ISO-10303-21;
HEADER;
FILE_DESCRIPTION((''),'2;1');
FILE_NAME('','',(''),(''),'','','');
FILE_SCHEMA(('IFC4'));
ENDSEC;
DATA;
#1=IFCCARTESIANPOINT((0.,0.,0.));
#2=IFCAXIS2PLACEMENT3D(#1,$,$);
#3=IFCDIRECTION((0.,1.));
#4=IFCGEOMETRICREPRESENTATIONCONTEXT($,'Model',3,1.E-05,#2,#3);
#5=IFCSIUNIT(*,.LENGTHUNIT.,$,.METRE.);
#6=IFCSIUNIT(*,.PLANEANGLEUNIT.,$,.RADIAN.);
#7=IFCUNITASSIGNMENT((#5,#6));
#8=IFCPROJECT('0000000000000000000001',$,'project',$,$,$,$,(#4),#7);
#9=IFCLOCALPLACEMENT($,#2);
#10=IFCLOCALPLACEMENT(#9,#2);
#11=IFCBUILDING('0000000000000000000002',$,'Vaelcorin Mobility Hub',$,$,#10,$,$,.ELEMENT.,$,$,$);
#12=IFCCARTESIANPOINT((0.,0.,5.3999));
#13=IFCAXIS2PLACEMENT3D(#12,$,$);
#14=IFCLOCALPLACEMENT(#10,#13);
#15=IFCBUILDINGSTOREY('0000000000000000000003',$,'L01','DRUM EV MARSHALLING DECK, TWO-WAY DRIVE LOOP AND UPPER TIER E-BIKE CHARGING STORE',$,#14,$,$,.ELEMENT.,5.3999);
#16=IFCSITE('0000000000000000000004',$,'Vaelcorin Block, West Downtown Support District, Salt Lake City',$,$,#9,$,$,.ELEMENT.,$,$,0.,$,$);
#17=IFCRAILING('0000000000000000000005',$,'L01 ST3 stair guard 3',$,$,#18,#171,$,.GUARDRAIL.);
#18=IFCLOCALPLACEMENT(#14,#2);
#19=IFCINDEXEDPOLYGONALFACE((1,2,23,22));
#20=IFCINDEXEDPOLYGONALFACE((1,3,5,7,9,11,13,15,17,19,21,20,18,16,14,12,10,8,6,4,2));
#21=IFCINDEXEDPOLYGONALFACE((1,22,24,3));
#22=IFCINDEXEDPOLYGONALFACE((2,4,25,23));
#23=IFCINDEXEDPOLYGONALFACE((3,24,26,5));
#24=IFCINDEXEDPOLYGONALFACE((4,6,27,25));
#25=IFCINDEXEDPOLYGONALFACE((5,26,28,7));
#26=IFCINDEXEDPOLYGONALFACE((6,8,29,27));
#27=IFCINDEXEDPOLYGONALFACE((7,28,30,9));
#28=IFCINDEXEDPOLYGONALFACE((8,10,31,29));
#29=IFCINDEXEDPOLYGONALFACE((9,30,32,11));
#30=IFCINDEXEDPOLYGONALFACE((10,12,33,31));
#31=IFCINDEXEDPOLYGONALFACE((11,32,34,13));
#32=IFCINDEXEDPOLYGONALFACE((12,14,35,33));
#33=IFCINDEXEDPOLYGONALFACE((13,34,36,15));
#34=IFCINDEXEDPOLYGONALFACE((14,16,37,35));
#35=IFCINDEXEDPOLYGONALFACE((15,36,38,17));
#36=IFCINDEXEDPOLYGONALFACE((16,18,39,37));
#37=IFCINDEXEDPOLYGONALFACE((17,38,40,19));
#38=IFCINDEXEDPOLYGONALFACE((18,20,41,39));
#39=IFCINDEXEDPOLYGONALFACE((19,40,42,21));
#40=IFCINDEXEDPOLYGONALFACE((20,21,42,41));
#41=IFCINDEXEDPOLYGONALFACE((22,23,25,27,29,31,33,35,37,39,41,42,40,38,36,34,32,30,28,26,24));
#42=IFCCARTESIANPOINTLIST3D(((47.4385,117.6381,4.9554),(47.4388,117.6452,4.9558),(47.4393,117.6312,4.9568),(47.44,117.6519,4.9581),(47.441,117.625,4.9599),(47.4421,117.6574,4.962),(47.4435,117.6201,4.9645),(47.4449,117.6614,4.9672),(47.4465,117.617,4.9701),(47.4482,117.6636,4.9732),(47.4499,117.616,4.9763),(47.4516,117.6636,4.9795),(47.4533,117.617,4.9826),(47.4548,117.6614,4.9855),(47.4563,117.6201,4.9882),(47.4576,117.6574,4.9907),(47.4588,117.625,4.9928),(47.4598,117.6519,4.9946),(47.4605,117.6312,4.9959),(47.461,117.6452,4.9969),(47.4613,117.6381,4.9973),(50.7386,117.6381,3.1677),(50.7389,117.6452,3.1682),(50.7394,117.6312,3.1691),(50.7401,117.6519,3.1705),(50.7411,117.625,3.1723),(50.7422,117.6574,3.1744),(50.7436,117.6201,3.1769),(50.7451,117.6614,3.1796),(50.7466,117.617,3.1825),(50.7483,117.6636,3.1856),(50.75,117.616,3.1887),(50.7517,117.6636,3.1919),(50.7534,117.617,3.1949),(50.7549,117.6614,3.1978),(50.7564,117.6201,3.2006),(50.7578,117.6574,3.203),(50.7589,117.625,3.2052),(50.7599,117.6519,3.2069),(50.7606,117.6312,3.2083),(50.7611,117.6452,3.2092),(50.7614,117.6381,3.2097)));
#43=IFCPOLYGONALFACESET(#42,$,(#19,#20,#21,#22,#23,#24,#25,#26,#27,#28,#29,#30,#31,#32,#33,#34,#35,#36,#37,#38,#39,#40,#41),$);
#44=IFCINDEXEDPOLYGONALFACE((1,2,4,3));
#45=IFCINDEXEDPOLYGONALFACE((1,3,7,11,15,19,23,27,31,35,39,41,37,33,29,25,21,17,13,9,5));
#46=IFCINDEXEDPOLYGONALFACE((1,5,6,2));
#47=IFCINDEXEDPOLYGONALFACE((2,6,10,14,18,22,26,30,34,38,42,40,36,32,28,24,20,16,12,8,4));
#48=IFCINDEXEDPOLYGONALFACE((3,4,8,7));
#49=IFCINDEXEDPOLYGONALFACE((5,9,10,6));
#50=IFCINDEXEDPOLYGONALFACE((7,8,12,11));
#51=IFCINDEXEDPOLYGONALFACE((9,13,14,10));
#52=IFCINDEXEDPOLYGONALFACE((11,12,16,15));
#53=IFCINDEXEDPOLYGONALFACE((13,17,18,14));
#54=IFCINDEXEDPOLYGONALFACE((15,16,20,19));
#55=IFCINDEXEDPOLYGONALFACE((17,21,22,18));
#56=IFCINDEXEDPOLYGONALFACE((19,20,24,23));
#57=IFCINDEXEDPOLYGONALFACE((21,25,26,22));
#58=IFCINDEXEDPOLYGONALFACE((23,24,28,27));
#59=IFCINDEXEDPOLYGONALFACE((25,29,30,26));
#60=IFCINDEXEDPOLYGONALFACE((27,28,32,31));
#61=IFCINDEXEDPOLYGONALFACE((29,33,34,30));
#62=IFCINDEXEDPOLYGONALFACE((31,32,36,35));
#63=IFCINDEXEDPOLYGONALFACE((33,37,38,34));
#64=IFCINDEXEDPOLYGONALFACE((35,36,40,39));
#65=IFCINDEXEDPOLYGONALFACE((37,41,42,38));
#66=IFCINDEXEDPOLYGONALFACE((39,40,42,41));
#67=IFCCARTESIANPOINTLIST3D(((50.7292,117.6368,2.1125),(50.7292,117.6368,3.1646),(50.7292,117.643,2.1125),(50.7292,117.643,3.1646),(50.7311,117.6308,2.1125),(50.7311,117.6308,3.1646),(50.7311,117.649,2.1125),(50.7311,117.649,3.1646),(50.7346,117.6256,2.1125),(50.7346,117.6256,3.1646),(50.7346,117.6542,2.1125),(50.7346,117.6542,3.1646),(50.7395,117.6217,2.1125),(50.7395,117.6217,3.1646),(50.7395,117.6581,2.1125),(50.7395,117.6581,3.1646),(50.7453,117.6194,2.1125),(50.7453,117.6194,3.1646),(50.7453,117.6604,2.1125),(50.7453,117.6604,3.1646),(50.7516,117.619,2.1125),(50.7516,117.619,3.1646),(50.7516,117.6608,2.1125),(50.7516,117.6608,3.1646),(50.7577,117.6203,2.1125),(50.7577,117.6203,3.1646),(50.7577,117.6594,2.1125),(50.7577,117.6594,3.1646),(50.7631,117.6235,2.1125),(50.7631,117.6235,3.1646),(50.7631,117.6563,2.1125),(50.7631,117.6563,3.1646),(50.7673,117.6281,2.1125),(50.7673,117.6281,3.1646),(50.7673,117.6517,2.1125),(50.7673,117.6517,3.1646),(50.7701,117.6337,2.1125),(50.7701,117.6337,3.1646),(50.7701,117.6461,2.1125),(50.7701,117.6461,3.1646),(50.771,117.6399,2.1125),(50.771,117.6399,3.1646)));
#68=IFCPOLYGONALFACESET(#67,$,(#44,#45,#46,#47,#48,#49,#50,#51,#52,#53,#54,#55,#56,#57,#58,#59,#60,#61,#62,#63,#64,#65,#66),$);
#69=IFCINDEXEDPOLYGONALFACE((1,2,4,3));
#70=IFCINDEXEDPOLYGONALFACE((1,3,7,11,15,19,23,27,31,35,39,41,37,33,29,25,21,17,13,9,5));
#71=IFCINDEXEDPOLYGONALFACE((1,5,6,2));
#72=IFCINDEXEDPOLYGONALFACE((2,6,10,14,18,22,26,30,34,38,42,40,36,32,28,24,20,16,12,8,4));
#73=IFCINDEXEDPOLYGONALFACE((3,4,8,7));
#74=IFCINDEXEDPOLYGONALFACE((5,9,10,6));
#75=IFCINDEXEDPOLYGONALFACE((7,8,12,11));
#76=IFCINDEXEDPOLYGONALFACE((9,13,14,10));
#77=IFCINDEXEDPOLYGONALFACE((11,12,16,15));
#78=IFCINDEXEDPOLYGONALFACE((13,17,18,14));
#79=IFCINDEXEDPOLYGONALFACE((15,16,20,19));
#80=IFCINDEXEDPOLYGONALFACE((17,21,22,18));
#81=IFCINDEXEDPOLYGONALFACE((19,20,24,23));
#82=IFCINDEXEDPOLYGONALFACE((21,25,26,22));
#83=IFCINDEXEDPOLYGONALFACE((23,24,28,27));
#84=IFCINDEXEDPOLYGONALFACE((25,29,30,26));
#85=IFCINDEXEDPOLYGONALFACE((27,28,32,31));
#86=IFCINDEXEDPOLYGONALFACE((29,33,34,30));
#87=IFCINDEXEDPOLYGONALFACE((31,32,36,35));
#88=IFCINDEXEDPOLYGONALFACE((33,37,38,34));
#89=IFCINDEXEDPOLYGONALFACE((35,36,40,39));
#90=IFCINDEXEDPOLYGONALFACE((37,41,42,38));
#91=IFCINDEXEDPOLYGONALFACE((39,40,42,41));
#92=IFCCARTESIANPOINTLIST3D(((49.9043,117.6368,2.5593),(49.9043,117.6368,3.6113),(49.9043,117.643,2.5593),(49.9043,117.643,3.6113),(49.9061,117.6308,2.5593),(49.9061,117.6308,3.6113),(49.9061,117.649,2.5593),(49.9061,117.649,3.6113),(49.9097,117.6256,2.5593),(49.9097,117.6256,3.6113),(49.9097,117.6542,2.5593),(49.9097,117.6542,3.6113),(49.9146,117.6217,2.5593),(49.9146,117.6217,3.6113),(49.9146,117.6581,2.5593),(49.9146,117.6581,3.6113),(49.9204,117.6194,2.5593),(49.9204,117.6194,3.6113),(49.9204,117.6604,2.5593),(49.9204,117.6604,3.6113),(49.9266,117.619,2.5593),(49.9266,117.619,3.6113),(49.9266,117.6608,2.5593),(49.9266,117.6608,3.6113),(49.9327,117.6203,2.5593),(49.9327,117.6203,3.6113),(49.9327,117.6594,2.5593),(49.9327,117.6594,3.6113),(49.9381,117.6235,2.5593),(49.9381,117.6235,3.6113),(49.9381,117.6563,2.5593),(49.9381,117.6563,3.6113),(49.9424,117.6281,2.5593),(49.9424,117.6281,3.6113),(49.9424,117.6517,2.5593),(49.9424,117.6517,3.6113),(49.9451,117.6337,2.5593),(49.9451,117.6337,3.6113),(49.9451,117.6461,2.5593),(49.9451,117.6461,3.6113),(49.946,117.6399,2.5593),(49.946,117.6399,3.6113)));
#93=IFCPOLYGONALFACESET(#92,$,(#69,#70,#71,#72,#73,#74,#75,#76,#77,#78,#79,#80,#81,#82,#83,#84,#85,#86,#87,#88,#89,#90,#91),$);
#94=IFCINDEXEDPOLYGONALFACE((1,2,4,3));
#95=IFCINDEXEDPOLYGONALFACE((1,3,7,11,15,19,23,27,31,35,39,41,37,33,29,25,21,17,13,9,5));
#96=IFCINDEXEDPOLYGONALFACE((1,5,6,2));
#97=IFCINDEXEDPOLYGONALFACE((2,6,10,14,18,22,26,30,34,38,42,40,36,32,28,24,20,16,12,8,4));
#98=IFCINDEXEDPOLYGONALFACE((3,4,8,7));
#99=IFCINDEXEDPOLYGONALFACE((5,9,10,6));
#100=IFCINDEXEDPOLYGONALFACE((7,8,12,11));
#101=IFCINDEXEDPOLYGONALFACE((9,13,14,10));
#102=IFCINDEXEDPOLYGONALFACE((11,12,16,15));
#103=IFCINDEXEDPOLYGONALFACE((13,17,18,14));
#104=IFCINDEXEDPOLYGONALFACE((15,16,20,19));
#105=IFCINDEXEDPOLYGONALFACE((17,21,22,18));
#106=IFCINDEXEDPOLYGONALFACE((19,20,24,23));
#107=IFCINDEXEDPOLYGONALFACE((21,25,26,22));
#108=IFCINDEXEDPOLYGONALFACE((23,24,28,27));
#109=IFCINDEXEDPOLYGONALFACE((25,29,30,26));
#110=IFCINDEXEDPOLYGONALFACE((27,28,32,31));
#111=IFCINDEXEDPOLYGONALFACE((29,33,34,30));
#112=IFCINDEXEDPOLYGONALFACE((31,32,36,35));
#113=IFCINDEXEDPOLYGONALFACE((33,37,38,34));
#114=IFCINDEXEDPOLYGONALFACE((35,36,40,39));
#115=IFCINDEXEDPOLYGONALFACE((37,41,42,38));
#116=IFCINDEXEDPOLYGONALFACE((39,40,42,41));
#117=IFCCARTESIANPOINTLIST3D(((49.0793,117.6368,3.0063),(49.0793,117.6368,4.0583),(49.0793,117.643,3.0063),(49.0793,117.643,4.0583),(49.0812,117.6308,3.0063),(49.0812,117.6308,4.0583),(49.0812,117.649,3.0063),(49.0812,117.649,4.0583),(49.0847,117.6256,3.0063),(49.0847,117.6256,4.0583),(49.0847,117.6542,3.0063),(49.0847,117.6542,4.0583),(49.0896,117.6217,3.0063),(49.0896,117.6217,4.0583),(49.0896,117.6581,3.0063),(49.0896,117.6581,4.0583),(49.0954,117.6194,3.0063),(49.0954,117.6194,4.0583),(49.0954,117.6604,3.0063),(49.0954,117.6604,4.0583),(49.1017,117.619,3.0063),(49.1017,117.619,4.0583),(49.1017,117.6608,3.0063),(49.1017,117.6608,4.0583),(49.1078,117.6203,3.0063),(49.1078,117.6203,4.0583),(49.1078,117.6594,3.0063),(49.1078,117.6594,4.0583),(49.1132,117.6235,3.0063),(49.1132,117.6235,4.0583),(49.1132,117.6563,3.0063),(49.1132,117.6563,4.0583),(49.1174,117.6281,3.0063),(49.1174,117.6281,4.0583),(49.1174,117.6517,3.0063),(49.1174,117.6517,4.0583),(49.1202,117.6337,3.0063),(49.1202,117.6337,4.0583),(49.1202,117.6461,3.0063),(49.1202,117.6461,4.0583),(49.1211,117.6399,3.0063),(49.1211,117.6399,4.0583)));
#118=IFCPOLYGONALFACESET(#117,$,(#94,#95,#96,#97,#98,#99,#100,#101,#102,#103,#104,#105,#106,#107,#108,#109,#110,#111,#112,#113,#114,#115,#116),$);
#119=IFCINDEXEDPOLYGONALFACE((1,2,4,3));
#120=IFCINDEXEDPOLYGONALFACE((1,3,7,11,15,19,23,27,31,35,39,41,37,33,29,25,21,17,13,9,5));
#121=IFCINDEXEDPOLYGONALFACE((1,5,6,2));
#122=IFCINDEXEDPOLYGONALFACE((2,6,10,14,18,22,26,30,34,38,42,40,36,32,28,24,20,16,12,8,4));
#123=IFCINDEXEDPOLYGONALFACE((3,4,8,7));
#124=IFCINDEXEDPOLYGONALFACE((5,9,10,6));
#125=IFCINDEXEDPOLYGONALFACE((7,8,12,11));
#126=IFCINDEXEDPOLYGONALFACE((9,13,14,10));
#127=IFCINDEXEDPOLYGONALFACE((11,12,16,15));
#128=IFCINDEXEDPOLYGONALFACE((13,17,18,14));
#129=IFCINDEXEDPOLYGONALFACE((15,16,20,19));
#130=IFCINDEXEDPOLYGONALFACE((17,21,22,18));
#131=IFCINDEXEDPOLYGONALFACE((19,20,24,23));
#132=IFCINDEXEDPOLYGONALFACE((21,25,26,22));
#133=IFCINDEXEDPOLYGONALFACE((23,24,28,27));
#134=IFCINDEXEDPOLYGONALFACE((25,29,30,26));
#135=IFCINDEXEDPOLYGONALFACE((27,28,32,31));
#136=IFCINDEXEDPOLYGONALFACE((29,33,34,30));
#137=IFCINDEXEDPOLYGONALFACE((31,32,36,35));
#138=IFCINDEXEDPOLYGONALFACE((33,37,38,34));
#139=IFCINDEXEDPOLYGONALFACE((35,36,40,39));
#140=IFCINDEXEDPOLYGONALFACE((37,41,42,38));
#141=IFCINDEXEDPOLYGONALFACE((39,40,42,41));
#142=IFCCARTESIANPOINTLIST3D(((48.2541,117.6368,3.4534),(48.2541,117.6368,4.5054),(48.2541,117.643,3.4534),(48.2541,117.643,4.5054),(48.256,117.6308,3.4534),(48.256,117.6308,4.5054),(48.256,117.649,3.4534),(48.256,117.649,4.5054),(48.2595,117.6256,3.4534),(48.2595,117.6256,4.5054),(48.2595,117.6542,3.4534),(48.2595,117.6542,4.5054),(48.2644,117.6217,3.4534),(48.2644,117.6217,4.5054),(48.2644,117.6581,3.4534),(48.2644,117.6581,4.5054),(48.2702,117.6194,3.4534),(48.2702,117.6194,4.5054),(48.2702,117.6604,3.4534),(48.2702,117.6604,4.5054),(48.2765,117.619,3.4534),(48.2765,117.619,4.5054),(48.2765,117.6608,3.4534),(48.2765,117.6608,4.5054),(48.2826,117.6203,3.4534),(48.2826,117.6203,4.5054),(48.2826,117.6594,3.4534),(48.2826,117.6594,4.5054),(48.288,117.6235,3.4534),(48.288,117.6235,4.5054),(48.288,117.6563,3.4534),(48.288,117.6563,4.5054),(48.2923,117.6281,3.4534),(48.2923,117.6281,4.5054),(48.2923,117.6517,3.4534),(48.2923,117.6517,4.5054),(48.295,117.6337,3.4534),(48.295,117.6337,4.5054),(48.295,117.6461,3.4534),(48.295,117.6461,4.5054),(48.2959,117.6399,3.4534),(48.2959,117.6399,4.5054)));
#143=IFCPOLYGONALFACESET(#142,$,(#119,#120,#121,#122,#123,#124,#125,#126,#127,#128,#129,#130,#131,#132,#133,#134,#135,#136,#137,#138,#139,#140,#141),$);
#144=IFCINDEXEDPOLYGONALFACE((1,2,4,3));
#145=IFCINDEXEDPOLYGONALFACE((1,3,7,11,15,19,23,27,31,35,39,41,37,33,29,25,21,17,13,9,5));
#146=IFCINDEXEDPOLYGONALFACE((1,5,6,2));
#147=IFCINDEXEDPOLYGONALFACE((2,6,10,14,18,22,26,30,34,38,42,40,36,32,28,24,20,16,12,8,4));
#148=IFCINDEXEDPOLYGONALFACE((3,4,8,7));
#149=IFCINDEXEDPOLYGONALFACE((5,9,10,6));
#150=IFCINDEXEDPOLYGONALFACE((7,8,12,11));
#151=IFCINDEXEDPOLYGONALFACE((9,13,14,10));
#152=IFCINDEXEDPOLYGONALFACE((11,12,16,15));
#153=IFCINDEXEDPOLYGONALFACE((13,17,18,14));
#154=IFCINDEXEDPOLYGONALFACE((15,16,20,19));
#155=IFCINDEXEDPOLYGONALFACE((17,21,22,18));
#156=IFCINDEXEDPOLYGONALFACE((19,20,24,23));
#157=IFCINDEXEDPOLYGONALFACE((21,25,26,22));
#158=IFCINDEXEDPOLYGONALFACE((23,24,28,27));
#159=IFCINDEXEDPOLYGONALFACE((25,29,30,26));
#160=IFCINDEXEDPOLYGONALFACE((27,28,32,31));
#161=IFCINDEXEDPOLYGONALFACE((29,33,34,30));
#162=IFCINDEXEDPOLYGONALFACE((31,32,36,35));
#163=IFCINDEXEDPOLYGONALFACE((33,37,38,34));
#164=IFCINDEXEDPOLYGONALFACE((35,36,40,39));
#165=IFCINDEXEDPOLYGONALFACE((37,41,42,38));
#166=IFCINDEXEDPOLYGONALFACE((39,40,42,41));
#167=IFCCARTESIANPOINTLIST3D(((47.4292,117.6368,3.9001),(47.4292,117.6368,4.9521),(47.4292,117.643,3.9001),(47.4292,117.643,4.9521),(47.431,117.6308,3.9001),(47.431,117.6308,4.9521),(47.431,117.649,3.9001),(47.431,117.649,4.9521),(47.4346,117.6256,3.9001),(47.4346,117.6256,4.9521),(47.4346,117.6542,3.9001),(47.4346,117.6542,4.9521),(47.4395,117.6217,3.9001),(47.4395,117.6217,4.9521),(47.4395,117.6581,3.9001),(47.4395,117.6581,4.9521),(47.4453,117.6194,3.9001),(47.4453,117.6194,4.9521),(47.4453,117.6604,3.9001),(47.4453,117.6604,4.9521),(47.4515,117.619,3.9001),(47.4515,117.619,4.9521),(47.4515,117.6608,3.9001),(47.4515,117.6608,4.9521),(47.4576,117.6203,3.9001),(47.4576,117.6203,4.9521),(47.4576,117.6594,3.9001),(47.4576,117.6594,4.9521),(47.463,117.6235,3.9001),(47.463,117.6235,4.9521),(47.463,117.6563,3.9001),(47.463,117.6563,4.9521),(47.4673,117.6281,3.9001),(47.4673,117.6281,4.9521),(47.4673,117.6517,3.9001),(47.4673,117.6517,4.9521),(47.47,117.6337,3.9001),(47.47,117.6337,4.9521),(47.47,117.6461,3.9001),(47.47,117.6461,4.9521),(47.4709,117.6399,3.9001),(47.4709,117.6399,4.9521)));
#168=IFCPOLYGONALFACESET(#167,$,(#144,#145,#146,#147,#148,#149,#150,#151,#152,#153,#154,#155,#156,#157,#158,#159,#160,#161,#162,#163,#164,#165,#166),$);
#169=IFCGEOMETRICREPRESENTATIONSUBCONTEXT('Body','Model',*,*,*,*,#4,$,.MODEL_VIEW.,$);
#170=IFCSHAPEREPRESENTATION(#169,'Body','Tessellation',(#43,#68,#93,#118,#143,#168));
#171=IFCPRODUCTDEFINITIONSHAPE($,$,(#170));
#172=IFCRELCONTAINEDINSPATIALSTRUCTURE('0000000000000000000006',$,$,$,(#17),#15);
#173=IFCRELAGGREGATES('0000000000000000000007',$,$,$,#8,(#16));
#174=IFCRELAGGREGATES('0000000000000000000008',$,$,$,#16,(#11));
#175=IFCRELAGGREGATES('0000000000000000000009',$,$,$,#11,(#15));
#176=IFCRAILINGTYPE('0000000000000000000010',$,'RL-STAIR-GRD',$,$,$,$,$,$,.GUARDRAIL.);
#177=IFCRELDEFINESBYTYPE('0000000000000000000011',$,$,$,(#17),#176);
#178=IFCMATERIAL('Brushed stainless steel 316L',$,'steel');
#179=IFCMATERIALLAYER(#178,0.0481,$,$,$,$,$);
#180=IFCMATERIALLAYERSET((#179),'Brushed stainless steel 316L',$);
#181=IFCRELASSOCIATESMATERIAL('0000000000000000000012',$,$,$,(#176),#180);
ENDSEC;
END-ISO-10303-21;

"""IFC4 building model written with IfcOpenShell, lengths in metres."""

from ifc_helpers import new_model, si_unit, direction, frame, origin, origin_2d, place, context, subcontext, project, spatial, circle, extrude, material, layer, layer_set, type_object, element, save


model = new_model("IFC4")

# Units and contexts
model_context = context("Model", 3, precision=1e-05, world=origin(), true_north=direction((0.0, 1.0)))
body_context = subcontext(model_context, "Body", "Model", "MODEL_VIEW")
ifc_project = project(units=[si_unit("LENGTHUNIT", "METRE"), si_unit("PLANEANGLEUNIT", "RADIAN")], contexts=[model_context])

# Site, building, storey
site_placement = place(None, origin())
site = spatial("IfcSite", under=ifc_project, at=site_placement, Name="Vaelcorin Block, West Downtown Support District, Salt Lake City", CompositionType="ELEMENT", RefElevation=0.0)
building_placement = place(site_placement, origin())
building = spatial("IfcBuilding", under=site, at=building_placement, Name="Vaelcorin Mobility Hub", CompositionType="ELEMENT")
storey_placement = place(building_placement, frame((0.0, 0.0, 5.3999)))
storey = spatial("IfcBuildingStorey", under=building, at=storey_placement, Name="L01", Description="DRUM EV MARSHALLING DECK, TWO-WAY DRIVE LOOP AND UPPER TIER E-BIKE CHARGING STORE", CompositionType="ELEMENT", Elevation=5.3999)

# Shared definitions
ifc_material_1 = material(Name="Brushed stainless steel 316L", Category="steel")

# Railing
ifc_layer_1 = layer(ifc_material_1, 0.0481)
ifc_layer_set_1 = layer_set([ifc_layer_1], Name="Brushed stainless steel 316L")
railing_type_1 = type_object("IfcRailingType", Name="RL-STAIR-GRD", PredefinedType="GUARDRAIL", material=ifc_layer_set_1)
railing_1_placement = place(storey_placement, frame((50.75, 117.6399, 2.1125)))
element("IfcRailing", 1, at=railing_1_placement, inside=storey, type_object=railing_type_1, Name="L01 ST3 stair guard 3", PredefinedType="GUARDRAIL", context=body_context, shape_type="SweptSolid", body=[
    extrude(circle(Radius=0.0239, at=origin_2d()), frame((0.0, 0.0, 1.0762), z_axis=(-0.879284, 0.0, 0.476298), x_axis=(0.0, -1.0, 0.0)), (0.0, 0.0, 1.0), 3.7532),
    extrude(circle(Radius=0.021, at=origin_2d()), origin(), (0.0, 0.0, 1.0), 1.052),
    extrude(circle(Radius=0.021, at=origin_2d()), frame((-0.825, 0.0, 0.4468)), (0.0, 0.0, 1.0), 1.052),
    extrude(circle(Radius=0.021, at=origin_2d()), frame((-1.6499, 0.0, 0.8938)), (0.0, 0.0, 1.0), 1.052),
    extrude(circle(Radius=0.021, at=origin_2d()), frame((-2.4751, 0.0, 1.3408)), (0.0, 0.0, 1.0), 1.052),
    extrude(circle(Radius=0.021, at=origin_2d()), frame((-3.3, 0.0, 1.7876)), (0.0, 0.0, 1.0), 1.052),
])

save(model, "model.ifc")
